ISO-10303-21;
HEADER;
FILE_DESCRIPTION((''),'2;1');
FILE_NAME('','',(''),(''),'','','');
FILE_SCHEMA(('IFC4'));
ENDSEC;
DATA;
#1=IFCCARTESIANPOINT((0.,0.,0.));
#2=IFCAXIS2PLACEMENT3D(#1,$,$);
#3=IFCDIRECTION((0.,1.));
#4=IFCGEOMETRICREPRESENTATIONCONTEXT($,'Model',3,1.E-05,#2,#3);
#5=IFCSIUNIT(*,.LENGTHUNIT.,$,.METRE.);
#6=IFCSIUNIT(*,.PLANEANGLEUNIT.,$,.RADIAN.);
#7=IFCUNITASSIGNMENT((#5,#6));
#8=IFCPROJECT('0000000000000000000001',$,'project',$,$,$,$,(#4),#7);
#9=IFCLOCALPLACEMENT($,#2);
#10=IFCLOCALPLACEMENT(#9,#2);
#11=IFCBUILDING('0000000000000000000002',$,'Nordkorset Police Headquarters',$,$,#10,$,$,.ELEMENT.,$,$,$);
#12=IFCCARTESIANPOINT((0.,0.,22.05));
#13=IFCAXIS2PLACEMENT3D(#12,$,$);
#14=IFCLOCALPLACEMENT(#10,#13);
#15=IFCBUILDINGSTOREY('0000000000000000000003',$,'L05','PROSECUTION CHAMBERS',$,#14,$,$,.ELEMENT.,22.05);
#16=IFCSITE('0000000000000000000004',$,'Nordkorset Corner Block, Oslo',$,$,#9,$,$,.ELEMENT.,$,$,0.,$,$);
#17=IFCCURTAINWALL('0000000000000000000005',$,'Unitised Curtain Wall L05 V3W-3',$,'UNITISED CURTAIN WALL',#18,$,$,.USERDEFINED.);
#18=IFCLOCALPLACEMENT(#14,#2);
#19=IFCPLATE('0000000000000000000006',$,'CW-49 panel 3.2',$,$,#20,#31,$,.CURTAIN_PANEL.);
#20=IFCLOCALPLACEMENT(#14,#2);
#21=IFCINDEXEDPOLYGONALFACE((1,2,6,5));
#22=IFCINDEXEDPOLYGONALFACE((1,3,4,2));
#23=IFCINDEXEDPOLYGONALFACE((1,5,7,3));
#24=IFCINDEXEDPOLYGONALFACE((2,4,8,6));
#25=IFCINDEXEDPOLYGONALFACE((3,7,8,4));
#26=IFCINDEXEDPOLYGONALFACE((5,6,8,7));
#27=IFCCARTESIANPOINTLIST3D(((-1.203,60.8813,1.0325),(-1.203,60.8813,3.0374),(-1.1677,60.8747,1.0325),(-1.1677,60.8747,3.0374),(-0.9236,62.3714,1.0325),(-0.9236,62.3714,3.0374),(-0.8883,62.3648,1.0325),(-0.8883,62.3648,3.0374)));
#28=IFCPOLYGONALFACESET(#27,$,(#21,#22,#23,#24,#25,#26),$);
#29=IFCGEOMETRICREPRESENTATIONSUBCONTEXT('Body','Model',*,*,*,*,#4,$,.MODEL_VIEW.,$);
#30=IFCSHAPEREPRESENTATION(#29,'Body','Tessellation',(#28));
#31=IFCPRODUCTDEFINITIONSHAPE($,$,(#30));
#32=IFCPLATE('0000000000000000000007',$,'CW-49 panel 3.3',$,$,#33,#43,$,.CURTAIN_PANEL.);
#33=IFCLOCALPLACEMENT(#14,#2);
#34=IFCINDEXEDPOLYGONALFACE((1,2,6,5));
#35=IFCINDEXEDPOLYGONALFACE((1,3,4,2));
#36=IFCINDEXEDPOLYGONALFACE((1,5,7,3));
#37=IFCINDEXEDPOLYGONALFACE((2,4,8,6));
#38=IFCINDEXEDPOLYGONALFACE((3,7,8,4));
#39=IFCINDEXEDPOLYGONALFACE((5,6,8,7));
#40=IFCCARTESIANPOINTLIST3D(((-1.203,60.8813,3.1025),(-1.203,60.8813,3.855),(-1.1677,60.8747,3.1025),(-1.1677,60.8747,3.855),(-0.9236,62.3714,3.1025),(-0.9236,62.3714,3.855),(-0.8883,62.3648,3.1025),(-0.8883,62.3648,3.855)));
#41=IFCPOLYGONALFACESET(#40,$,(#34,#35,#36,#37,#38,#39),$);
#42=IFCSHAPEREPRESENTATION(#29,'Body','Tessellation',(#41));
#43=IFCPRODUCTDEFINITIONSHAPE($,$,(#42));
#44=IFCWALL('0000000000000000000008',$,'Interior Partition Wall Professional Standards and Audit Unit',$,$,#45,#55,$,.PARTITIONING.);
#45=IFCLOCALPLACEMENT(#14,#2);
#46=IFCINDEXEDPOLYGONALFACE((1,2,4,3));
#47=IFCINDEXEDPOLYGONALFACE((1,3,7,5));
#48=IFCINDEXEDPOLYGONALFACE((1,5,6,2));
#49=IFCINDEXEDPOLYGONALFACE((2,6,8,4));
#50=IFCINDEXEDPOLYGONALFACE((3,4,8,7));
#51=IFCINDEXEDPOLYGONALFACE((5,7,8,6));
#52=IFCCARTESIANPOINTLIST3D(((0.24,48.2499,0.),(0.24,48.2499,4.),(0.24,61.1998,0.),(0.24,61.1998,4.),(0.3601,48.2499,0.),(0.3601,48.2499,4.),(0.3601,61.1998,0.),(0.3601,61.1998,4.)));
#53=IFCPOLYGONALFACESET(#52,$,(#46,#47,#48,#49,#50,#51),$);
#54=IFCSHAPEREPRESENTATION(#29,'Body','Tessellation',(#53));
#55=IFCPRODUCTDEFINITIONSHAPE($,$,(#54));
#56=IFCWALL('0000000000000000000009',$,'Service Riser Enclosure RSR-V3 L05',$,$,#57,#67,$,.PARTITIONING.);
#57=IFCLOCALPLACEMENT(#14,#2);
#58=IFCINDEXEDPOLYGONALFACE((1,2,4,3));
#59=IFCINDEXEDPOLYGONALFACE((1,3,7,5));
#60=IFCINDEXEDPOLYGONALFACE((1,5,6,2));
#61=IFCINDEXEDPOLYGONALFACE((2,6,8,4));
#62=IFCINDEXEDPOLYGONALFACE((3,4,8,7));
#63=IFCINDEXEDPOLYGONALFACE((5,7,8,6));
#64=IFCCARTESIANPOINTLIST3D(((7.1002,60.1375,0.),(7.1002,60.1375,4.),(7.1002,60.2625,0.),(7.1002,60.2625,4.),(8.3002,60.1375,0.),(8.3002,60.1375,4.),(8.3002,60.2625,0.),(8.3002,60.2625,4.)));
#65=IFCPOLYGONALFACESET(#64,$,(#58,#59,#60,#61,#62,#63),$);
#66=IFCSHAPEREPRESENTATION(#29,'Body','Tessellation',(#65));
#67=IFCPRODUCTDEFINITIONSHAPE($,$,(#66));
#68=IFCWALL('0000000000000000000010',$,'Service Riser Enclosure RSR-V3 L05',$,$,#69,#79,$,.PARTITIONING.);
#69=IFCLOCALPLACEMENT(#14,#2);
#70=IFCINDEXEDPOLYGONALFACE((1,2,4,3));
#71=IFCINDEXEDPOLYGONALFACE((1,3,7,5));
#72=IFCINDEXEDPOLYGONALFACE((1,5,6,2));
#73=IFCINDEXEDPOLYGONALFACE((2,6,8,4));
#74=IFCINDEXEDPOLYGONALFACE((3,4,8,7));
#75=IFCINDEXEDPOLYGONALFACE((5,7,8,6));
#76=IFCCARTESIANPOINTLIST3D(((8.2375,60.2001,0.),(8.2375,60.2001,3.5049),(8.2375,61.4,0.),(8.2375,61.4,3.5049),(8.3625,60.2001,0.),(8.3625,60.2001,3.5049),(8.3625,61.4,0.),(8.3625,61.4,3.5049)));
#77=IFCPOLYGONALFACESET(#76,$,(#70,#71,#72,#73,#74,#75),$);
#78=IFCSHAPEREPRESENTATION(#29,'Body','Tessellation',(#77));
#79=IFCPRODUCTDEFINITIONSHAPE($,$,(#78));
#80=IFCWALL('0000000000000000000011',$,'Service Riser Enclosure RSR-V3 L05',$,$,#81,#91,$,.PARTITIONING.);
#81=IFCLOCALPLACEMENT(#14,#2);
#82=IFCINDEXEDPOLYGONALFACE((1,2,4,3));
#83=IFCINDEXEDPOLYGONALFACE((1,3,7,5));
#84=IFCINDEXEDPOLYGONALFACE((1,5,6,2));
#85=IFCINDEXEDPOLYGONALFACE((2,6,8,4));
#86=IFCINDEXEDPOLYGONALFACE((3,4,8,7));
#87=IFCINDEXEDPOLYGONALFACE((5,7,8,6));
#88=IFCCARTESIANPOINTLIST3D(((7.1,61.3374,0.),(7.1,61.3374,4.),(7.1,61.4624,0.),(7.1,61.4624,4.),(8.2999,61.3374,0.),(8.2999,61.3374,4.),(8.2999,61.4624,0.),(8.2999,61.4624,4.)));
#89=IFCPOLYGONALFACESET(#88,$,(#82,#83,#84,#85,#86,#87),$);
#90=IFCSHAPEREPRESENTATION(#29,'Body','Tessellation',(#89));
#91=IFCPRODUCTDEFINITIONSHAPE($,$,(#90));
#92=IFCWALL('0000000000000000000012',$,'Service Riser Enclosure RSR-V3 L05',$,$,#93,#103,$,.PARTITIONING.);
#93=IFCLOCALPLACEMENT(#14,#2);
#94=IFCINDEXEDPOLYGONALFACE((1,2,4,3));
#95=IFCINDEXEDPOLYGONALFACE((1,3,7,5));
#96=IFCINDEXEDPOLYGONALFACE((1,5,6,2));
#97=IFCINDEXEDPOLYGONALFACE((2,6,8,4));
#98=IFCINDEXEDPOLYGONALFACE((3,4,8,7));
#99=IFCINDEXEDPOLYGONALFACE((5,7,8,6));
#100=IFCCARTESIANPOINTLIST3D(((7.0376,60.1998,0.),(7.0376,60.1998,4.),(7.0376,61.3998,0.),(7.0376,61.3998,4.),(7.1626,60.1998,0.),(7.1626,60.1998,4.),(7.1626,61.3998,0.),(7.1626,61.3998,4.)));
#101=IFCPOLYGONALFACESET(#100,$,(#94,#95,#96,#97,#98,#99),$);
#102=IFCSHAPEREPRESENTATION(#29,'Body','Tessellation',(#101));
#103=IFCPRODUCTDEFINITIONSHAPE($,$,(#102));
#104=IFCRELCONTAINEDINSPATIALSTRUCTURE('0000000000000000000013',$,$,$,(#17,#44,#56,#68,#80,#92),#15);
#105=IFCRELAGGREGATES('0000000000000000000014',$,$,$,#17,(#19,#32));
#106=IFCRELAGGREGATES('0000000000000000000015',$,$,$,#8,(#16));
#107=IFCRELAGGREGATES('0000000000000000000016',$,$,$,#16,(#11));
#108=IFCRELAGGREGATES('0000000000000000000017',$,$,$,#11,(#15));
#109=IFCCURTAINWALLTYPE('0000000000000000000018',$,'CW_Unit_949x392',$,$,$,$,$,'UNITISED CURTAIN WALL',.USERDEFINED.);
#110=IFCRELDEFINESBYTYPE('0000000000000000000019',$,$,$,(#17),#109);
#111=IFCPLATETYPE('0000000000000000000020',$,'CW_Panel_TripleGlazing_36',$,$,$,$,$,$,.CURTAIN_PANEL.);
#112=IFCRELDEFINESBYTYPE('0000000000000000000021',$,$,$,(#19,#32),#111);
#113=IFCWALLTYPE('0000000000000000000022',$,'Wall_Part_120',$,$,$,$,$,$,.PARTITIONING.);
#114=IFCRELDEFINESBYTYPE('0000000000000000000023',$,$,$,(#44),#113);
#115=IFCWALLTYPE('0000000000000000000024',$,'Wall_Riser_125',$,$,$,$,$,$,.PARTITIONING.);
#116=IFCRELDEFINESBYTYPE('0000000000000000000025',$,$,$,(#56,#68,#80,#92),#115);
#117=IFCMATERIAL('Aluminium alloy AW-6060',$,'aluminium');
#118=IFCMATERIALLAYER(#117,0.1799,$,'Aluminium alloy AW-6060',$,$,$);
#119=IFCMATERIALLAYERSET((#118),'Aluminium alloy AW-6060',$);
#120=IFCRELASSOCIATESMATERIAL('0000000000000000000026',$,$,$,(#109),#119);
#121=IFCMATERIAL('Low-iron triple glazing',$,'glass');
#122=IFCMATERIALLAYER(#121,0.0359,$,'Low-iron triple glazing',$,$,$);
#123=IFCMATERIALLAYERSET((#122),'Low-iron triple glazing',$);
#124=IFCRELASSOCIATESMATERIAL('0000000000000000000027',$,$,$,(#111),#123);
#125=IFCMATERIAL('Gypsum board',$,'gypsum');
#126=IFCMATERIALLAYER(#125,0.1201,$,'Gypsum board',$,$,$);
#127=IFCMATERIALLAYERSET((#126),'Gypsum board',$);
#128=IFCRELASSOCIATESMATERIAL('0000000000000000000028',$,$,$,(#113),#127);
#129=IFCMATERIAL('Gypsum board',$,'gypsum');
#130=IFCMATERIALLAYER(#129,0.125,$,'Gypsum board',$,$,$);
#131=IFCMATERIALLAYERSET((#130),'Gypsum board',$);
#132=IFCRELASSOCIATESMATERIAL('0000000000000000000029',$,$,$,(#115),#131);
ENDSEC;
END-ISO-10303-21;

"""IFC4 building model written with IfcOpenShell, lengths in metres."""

from ifc_helpers import new_model, si_unit, direction, frame, frame_2d, origin, origin_2d, place, context, subcontext, project, spatial, rectangle, extrude, material, layer, layer_set, type_object, element, aggregate, save


model = new_model("IFC4")

# Units and contexts
model_context = context("Model", 3, precision=1e-05, world=origin(), true_north=direction((0.0, 1.0)))
body_context = subcontext(model_context, "Body", "Model", "MODEL_VIEW")
ifc_project = project(units=[si_unit("LENGTHUNIT", "METRE"), si_unit("PLANEANGLEUNIT", "RADIAN")], contexts=[model_context])

# Site, building, storey
site_placement = place(None, origin())
site = spatial("IfcSite", under=ifc_project, at=site_placement, Name="Nordkorset Corner Block, Oslo", CompositionType="ELEMENT", RefElevation=0.0)
building_placement = place(site_placement, origin())
building = spatial("IfcBuilding", under=site, at=building_placement, Name="Nordkorset Police Headquarters", CompositionType="ELEMENT")
storey_placement = place(building_placement, frame((0.0, 0.0, 22.05)))
storey = spatial("IfcBuildingStorey", under=building, at=storey_placement, Name="L05", Description="PROSECUTION CHAMBERS", CompositionType="ELEMENT", Elevation=22.05)

# Curtain wall
ifc_material_1 = material(Name="Aluminium alloy AW-6060", Category="aluminium")
ifc_layer_1 = layer(ifc_material_1, 0.1799, Name="Aluminium alloy AW-6060")
ifc_layer_set_1 = layer_set([ifc_layer_1], Name="Aluminium alloy AW-6060")
curtain_wall_type_1 = type_object("IfcCurtainWallType", Name="CW_Unit_949x392", ElementType="UNITISED CURTAIN WALL", PredefinedType="USERDEFINED", material=ifc_layer_set_1)
curtain_wall_1_placement = place(storey_placement, origin())
curtain_wall_1 = element("IfcCurtainWall", 1, at=curtain_wall_1_placement, inside=storey, type_object=curtain_wall_type_1, Name="Unitised Curtain Wall L05 V3W-3", ObjectType="UNITISED CURTAIN WALL", PredefinedType="USERDEFINED")

# Plates
ifc_material_2 = material(Name="Low-iron triple glazing", Category="glass")
ifc_layer_2 = layer(ifc_material_2, 0.0359, Name="Low-iron triple glazing")
ifc_layer_set_2 = layer_set([ifc_layer_2], Name="Low-iron triple glazing")
plate_type = type_object("IfcPlateType", Name="CW_Panel_TripleGlazing_36", PredefinedType="CURTAIN_PANEL", material=ifc_layer_set_2)
plate_1_placement = place(storey_placement, frame((-1.0457, 61.623, 1.0325), z_axis=(0.0, 0.0, 1.0), x_axis=(0.184289, 0.982872, 0.0)))
plate_1 = element("IfcPlate", 2, at=plate_1_placement, type_object=plate_type, Name="CW-49 panel 3.2", PredefinedType="CURTAIN_PANEL", context=body_context, shape_type="SweptSolid", body=[
    extrude(rectangle(XDim=1.5161, YDim=0.0359, at=origin_2d()), origin(), (0.0, 0.0, 1.0), 2.0049),
])
plate_2_placement = place(storey_placement, frame((-1.0457, 61.623, 3.1025), z_axis=(0.0, 0.0, 1.0), x_axis=(0.184289, 0.982872, 0.0)))
plate_2 = element("IfcPlate", 3, at=plate_2_placement, type_object=plate_type, Name="CW-49 panel 3.3", PredefinedType="CURTAIN_PANEL", context=body_context, shape_type="SweptSolid", body=[
    extrude(rectangle(XDim=1.5161, YDim=0.0359, at=origin_2d()), origin(), (0.0, 0.0, 1.0), 0.7524),
])
aggregate(curtain_wall_1, [plate_1, plate_2])

# Walls
ifc_material_3 = material(Name="Gypsum board", Category="gypsum")
ifc_layer_3 = layer(ifc_material_3, 0.1201, Name="Gypsum board")
ifc_layer_set_3 = layer_set([ifc_layer_3], Name="Gypsum board")
wall_type_1 = type_object("IfcWallType", Name="Wall_Part_120", PredefinedType="PARTITIONING", material=ifc_layer_set_3)
wall_1_placement = place(storey_placement, frame((0.3, 61.2, 0.0), z_axis=(0.0, 0.0, 1.0), x_axis=(0.0, -1.0, 0.0)))
element("IfcWall", 4, at=wall_1_placement, inside=storey, type_object=wall_type_1, Name="Interior Partition Wall Professional Standards and Audit Unit", PredefinedType="PARTITIONING", context=body_context, shape_type="SweptSolid", body=[
    extrude(rectangle(XDim=12.95, YDim=0.1201, at=frame_2d((6.4751, 0.0))), origin(), (0.0, 0.0, 1.0), 4.0),
])
ifc_material_4 = material(Name="Gypsum board", Category="gypsum")
ifc_layer_4 = layer(ifc_material_4, 0.125, Name="Gypsum board")
ifc_layer_set_4 = layer_set([ifc_layer_4], Name="Gypsum board")
wall_type_2 = type_object("IfcWallType", Name="Wall_Riser_125", PredefinedType="PARTITIONING", material=ifc_layer_set_4)
wall_2_placement = place(storey_placement, frame((7.1001, 60.2, 0.0), z_axis=(0.0, 0.0, 1.0), x_axis=(1.0, 0.0, 0.0)))
element("IfcWall", 5, at=wall_2_placement, inside=storey, type_object=wall_type_2, Name="Service Riser Enclosure RSR-V3 L05", PredefinedType="PARTITIONING", context=body_context, shape_type="SweptSolid", body=[
    extrude(rectangle(XDim=1.2, YDim=0.125, at=frame_2d((0.6001, 0.0))), origin(), (0.0, 0.0, 1.0), 4.0),
])
wall_3_placement = place(storey_placement, frame((8.3, 60.2, 0.0), z_axis=(0.0, 0.0, 1.0), x_axis=(0.0, 1.0, 0.0)))
element("IfcWall", 6, at=wall_3_placement, inside=storey, type_object=wall_type_2, Name="Service Riser Enclosure RSR-V3 L05", PredefinedType="PARTITIONING", context=body_context, shape_type="SweptSolid", body=[
    extrude(rectangle(XDim=1.2, YDim=0.125, at=frame_2d((0.6001, 0.0))), origin(), (0.0, 0.0, 1.0), 3.5049),
])
for number, where, z_axis, x_axis, name in (
    (7, (8.3, 61.3999, 0.0), (0.0, 0.0, 1.0), (-1.0, 0.0, 0.0), "Service Riser Enclosure RSR-V3 L05"),
    (8, (7.1001, 61.3999, 0.0), (0.0, 0.0, 1.0), (0.0, -1.0, 0.0), "Service Riser Enclosure RSR-V3 L05"),
):
    element("IfcWall", number, at=place(storey_placement, frame(where, z_axis=z_axis, x_axis=x_axis)), inside=storey, type_object=wall_type_2, Name=name, PredefinedType="PARTITIONING", context=body_context, shape_type="SweptSolid", body=[
        extrude(rectangle(XDim=1.2, YDim=0.125, at=frame_2d((0.6001, 0.0))), origin(), (0.0, 0.0, 1.0), 4.0),
    ])

save(model, "model.ifc")
